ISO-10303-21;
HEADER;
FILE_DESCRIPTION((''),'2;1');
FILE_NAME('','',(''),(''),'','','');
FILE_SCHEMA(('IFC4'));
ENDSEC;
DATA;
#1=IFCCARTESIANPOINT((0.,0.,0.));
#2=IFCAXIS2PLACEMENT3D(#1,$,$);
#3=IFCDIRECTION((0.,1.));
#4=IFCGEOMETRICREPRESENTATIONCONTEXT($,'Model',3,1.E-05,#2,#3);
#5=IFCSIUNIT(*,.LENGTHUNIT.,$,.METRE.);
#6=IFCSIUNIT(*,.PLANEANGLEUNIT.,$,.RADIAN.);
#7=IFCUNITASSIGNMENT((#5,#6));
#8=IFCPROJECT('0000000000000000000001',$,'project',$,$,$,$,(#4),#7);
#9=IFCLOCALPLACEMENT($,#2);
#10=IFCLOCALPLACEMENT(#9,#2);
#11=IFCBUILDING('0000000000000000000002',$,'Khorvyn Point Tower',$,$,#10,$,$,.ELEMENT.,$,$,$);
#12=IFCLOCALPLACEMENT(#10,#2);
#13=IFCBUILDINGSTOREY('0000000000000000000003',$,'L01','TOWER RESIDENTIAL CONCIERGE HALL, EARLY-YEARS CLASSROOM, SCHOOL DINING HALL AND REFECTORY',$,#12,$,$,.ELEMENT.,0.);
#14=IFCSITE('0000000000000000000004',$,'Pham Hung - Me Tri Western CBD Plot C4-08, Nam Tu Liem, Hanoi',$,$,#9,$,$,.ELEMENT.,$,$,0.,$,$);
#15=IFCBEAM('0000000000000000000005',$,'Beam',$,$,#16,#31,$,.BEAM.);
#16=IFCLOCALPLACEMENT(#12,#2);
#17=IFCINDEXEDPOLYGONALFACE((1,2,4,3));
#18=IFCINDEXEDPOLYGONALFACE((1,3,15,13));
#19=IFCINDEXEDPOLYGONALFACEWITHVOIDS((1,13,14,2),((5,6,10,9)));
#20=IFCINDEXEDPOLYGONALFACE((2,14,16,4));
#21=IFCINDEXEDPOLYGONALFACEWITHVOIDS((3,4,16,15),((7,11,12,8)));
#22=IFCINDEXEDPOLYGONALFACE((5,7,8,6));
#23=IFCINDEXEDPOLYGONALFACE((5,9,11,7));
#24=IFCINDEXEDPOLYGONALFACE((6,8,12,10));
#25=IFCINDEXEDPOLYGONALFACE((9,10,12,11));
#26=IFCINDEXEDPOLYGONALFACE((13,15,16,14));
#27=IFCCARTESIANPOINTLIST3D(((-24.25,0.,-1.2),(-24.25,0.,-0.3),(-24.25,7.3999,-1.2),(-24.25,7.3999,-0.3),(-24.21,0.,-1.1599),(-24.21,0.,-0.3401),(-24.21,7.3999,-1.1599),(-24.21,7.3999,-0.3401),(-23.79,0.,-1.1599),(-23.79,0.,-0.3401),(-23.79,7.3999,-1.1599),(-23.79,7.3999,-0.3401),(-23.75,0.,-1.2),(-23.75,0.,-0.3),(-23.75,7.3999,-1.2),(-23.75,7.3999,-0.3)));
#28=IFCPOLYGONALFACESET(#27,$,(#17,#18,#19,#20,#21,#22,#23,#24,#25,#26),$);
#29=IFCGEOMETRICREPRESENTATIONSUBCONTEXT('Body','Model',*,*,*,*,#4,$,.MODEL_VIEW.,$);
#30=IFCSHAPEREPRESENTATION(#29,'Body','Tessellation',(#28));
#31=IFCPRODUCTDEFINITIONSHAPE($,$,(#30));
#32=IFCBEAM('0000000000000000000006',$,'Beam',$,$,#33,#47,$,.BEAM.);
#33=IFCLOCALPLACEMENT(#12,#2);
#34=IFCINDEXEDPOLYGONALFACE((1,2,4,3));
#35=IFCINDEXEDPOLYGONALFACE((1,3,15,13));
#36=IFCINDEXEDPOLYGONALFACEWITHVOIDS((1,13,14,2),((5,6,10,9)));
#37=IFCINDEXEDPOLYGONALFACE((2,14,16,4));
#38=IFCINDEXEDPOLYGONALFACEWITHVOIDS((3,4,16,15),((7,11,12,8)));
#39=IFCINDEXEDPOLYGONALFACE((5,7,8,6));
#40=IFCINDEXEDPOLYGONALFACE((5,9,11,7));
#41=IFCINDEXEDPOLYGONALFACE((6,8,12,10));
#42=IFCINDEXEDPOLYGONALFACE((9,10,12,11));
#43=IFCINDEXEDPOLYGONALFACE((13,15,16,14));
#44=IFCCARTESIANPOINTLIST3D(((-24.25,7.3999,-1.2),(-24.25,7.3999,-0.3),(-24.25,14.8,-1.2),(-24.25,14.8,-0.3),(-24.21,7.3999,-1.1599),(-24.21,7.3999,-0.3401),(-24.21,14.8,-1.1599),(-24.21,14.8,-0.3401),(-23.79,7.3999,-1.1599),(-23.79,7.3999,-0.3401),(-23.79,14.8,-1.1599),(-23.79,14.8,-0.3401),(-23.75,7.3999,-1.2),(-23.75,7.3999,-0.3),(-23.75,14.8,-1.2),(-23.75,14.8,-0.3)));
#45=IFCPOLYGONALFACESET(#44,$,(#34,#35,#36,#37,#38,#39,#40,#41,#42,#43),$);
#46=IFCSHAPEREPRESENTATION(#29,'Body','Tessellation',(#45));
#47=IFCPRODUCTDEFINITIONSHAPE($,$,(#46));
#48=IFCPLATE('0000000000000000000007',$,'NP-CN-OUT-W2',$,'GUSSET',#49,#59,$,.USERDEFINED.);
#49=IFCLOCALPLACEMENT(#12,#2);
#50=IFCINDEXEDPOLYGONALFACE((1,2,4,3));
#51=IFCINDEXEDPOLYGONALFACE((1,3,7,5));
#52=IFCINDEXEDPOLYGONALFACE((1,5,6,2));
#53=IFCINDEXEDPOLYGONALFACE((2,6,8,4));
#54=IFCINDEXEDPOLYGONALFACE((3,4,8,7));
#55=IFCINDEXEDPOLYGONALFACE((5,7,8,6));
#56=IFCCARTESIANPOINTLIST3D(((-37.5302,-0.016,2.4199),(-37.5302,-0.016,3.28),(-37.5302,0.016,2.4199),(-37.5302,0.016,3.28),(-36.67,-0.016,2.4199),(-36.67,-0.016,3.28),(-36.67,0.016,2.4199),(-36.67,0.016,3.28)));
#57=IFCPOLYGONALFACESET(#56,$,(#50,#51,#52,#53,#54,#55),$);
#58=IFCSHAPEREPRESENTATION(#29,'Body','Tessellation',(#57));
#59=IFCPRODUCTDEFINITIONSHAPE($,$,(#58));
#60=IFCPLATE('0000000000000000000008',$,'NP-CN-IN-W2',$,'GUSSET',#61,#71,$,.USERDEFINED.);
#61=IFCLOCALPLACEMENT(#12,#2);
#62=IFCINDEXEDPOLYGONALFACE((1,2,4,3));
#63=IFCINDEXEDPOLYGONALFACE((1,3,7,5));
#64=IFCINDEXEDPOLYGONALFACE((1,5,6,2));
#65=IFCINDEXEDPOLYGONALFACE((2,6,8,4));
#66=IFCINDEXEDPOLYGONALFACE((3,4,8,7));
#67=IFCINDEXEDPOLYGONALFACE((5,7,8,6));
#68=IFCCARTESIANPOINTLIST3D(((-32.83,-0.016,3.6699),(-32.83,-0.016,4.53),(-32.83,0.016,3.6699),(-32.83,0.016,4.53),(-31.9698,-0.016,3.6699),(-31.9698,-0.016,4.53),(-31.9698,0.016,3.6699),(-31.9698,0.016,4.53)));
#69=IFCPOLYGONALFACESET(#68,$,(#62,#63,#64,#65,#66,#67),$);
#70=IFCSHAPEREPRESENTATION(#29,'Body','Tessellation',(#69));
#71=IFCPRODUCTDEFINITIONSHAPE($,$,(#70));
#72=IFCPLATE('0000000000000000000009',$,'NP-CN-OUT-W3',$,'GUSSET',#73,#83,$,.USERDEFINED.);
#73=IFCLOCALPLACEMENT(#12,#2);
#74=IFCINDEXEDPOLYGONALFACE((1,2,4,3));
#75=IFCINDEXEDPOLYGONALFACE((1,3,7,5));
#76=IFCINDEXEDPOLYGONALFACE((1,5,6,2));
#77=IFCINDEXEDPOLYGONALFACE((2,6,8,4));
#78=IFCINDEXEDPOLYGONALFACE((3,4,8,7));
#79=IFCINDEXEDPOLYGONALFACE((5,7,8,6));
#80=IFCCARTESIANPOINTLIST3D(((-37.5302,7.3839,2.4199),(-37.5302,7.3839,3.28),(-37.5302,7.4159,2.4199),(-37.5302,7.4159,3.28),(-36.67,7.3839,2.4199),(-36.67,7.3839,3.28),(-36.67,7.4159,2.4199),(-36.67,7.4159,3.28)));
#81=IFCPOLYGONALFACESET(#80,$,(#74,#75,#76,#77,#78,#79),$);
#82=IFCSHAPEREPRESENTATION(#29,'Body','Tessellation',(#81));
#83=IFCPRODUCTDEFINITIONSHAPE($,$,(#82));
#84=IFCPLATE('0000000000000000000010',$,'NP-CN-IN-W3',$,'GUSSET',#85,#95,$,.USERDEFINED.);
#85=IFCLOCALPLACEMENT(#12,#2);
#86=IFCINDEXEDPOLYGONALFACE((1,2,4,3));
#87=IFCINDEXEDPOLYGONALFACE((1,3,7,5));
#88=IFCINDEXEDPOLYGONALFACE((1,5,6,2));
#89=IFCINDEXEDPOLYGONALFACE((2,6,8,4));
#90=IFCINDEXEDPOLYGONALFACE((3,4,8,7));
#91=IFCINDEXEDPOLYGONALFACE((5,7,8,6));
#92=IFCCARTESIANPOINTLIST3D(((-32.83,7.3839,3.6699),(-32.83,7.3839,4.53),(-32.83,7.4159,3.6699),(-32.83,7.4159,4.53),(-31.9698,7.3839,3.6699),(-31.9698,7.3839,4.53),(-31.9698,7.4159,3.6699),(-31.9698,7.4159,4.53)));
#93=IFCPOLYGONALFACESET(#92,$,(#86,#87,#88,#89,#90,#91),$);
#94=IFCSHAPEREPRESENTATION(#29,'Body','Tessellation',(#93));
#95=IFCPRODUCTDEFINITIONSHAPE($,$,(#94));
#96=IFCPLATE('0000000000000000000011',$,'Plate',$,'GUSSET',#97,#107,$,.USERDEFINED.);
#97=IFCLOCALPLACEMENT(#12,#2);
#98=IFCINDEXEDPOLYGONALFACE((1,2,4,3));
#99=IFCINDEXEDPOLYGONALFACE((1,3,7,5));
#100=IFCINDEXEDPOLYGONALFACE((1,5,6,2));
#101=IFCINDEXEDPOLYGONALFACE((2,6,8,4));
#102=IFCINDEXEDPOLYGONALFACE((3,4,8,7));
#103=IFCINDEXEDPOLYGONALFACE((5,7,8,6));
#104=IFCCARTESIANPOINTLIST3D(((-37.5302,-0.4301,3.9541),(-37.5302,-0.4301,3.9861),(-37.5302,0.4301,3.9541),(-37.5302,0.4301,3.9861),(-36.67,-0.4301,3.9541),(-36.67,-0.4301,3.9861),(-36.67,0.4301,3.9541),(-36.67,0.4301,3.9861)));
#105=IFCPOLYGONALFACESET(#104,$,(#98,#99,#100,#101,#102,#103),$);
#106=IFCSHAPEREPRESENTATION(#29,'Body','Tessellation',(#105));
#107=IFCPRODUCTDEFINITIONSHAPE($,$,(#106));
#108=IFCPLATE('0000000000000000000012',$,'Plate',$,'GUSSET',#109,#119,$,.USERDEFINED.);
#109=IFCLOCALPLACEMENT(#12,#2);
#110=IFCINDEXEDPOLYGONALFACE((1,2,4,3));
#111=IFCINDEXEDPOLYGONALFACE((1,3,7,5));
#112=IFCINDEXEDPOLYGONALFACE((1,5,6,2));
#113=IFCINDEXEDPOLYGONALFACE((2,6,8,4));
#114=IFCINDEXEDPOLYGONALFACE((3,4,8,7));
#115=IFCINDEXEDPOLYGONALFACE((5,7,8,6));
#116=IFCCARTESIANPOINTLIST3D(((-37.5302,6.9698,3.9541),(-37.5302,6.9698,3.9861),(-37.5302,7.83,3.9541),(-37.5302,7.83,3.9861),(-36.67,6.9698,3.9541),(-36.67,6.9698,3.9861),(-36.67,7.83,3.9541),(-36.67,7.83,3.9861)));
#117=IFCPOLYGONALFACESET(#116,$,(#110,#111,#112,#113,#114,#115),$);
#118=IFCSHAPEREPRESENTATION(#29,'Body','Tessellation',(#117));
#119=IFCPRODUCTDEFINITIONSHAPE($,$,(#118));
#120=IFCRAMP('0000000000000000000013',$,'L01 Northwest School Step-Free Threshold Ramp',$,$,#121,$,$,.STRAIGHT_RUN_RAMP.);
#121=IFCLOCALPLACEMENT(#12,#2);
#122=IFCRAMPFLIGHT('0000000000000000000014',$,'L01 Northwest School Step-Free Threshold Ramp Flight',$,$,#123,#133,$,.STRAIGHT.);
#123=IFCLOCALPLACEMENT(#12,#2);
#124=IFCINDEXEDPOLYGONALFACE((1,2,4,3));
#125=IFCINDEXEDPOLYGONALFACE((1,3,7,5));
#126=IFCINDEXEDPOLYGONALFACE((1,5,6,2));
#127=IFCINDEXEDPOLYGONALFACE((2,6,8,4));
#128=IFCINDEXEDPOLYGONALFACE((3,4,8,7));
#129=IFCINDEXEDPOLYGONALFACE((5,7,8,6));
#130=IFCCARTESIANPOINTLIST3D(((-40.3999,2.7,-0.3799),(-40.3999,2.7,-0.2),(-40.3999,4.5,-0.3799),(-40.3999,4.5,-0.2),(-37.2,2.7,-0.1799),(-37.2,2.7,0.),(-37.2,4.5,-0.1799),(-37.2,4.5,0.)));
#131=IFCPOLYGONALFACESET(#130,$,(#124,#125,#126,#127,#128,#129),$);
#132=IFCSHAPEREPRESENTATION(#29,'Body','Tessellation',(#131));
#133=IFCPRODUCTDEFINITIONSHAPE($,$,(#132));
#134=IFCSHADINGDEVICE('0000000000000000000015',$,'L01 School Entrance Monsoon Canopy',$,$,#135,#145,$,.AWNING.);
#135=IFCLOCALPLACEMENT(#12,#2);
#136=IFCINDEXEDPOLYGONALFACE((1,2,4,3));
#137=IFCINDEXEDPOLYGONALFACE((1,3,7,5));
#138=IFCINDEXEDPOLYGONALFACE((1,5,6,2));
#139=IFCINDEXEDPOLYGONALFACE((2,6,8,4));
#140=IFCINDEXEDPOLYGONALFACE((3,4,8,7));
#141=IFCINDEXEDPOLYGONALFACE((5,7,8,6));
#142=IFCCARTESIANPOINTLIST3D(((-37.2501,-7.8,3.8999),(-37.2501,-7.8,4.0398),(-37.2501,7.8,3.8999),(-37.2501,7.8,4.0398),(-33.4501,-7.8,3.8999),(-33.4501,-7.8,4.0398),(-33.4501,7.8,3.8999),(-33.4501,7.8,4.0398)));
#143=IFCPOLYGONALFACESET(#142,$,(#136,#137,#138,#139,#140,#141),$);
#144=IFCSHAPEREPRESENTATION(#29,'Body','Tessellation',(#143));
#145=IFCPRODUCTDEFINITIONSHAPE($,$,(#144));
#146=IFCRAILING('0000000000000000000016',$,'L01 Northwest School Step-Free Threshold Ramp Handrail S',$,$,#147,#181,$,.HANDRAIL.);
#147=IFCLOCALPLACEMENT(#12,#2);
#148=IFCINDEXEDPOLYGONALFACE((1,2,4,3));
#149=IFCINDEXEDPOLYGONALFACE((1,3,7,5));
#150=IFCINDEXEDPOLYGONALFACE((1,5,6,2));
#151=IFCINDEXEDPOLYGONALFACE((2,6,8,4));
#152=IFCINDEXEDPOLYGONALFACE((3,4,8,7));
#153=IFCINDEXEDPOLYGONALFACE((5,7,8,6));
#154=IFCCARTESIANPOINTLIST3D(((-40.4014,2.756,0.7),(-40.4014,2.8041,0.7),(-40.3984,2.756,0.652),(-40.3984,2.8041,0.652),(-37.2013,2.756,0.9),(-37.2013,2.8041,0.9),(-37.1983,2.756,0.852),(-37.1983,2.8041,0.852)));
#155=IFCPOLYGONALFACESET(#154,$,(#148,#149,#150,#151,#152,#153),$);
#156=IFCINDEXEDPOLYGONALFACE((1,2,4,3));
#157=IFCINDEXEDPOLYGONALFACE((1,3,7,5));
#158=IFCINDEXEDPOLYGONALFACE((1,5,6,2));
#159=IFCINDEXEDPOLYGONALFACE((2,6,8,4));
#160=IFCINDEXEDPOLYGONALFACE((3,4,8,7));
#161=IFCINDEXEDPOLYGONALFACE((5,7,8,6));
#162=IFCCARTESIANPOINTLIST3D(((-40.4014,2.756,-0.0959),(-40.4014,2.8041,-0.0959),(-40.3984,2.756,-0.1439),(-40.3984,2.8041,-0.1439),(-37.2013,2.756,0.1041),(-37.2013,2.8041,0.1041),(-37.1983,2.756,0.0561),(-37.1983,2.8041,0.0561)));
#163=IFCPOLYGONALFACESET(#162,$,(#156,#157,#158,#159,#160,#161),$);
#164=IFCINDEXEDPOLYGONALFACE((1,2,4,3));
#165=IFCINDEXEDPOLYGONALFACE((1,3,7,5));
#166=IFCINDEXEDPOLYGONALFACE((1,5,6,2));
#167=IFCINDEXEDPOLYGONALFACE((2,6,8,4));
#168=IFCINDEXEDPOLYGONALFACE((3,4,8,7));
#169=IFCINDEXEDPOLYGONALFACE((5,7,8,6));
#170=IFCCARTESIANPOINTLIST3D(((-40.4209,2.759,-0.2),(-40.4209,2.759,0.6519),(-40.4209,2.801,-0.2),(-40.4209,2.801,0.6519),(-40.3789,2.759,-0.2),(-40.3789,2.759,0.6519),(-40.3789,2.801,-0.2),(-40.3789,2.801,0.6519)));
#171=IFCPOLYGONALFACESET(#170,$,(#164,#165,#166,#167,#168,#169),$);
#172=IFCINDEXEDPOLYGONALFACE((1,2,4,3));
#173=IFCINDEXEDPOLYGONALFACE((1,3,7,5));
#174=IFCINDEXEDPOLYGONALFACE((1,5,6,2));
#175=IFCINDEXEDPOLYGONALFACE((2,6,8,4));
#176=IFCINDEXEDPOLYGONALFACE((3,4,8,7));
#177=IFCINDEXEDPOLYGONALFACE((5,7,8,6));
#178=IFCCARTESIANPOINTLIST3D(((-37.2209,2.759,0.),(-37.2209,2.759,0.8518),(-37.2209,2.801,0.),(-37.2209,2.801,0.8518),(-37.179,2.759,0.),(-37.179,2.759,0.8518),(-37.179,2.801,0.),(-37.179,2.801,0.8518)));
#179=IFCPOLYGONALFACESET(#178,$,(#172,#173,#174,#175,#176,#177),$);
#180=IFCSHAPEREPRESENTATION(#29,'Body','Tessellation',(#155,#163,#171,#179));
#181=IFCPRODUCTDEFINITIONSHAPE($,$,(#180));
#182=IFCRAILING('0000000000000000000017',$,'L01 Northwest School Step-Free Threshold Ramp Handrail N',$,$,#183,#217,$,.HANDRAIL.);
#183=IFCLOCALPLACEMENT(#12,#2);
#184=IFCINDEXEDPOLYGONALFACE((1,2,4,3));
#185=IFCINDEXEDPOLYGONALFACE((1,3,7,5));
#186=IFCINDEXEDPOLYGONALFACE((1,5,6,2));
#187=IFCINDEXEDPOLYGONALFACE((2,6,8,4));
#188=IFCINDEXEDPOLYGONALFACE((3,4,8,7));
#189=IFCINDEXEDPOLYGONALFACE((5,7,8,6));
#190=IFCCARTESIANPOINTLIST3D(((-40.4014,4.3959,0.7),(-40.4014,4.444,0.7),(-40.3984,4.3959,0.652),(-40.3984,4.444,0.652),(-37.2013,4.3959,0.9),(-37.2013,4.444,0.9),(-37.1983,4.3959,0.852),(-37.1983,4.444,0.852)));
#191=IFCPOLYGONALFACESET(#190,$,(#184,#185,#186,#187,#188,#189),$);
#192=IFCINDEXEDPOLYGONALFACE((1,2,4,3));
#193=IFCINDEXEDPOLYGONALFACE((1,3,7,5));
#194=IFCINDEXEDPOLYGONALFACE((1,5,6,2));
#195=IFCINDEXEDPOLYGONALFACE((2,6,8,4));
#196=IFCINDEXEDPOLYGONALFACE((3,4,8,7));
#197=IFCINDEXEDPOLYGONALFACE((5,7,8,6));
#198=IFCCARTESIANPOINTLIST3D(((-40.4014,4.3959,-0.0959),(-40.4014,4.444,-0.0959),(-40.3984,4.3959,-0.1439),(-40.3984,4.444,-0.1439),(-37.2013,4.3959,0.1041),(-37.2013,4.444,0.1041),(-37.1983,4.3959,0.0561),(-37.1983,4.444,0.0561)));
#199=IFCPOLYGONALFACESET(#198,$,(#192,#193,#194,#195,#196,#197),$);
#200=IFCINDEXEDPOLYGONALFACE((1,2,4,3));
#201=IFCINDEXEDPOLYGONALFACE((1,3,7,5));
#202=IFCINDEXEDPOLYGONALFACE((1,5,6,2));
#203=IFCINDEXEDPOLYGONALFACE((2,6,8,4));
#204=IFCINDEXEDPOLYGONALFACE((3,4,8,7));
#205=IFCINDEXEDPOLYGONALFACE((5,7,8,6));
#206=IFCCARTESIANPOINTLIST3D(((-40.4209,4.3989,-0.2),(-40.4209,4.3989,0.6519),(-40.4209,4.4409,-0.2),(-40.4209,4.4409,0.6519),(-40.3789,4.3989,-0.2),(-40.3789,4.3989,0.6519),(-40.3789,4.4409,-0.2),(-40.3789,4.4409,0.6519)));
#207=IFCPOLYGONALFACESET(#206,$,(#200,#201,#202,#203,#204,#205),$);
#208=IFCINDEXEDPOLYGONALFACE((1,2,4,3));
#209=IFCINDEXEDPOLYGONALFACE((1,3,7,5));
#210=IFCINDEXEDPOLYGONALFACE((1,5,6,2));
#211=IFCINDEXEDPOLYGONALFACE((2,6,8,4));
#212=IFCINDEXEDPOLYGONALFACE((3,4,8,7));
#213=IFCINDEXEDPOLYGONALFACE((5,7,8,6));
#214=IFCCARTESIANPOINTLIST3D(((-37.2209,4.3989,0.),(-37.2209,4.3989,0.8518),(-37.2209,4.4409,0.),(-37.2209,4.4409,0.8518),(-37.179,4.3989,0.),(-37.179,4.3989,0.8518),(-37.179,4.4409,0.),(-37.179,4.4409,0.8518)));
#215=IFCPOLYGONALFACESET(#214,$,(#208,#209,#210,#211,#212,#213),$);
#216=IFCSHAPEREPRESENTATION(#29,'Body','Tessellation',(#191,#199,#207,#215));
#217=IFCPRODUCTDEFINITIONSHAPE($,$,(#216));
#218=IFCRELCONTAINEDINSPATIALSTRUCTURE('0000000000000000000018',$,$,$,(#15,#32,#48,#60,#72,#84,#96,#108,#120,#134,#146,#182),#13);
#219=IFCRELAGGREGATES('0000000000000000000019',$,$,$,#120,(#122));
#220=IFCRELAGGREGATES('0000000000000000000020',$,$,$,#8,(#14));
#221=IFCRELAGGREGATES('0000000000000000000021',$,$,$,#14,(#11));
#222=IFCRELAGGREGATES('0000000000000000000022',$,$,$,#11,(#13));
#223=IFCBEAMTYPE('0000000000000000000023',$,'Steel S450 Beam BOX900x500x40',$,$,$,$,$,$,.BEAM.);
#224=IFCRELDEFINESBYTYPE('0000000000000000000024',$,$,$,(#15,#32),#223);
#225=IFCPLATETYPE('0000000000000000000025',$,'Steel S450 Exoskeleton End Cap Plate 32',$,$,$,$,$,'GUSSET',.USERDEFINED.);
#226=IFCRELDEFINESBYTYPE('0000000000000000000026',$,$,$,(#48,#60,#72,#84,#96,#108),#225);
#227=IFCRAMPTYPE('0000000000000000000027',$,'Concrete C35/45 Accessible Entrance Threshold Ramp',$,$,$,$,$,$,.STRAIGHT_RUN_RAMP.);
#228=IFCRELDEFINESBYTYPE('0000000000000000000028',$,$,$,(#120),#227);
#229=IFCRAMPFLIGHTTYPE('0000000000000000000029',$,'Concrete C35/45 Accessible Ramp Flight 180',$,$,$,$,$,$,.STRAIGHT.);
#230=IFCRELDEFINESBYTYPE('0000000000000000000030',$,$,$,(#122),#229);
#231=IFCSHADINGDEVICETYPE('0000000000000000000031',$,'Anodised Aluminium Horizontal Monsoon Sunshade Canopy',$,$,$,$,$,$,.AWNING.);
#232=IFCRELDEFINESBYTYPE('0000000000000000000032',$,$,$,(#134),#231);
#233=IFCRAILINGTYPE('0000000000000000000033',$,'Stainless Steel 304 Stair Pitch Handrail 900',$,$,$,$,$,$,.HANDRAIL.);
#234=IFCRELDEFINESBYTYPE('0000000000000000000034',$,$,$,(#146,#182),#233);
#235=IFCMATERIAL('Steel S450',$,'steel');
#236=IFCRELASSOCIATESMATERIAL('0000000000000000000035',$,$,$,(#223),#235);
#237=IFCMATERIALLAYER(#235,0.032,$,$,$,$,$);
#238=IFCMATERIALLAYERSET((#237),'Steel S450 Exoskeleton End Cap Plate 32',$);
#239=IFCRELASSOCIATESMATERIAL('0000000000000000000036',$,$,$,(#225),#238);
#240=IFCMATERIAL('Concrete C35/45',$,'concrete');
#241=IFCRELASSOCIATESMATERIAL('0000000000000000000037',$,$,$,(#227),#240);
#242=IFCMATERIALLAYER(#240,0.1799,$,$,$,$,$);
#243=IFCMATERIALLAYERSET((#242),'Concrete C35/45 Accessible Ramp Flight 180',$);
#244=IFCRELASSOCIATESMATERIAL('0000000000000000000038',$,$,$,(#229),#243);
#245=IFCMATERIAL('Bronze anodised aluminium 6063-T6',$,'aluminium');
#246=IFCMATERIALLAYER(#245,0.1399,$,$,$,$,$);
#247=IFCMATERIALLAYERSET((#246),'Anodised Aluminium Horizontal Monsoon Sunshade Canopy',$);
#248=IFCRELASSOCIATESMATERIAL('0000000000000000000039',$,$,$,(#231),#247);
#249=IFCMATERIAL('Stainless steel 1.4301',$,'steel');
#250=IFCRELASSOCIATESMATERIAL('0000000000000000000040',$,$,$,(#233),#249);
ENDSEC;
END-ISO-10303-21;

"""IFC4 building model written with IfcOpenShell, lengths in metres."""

from ifc_helpers import new_model, si_unit, direction, frame, origin, origin_2d, place, context, subcontext, project, spatial, polyline, rectangle, hollow_rectangle, outline, extrude, material, layer, layer_set, material_profile, profile_set, type_object, element, aggregate, save


model = new_model("IFC4")

# Units and contexts
model_context = context("Model", 3, precision=1e-05, world=origin(), true_north=direction((0.0, 1.0)))
body_context = subcontext(model_context, "Body", "Model", "MODEL_VIEW")
ifc_project = project(units=[si_unit("LENGTHUNIT", "METRE"), si_unit("PLANEANGLEUNIT", "RADIAN")], contexts=[model_context])

# Site, building, storey
site_placement = place(None, origin())
site = spatial("IfcSite", under=ifc_project, at=site_placement, Name="Pham Hung - Me Tri Western CBD Plot C4-08, Nam Tu Liem, Hanoi", CompositionType="ELEMENT", RefElevation=0.0)
building_placement = place(site_placement, origin())
building = spatial("IfcBuilding", under=site, at=building_placement, Name="Khorvyn Point Tower", CompositionType="ELEMENT")
storey_placement = place(building_placement, origin())
storey = spatial("IfcBuildingStorey", under=building, at=storey_placement, Name="L01", Description="TOWER RESIDENTIAL CONCIERGE HALL, EARLY-YEARS CLASSROOM, SCHOOL DINING HALL AND REFECTORY", CompositionType="ELEMENT", Elevation=0.0)

# Shared definitions
ifc_material_1 = material(Name="Concrete C35/45", Category="concrete")

# Beams
ifc_material_2 = material(Name="Steel S450", Category="steel")
ifc_material_profile_1 = material_profile(ifc_material_2, hollow_rectangle(XDim=0.5, YDim=0.8999, WallThickness=0.04, at=origin_2d()))
ifc_profile_set_1 = profile_set([ifc_material_profile_1], Name="Steel S450 BOX900x500x40")
beam_type_1 = type_object("IfcBeamType", Name="Steel S450 Beam BOX900x500x40", PredefinedType="BEAM", material=ifc_profile_set_1)
beam_1_placement = place(storey_placement, frame((-24.0, 0.0, -0.75), z_axis=(0.0, 1.0, 0.0), x_axis=(-1.0, 0.0, 0.0)))
element("IfcBeam", 1, at=beam_1_placement, inside=storey, type_object=beam_type_1, Name="Beam", PredefinedType="BEAM", context=body_context, shape_type="SweptSolid", body=[
    extrude(hollow_rectangle(XDim=0.5, YDim=0.8999, WallThickness=0.04, at=origin_2d()), origin(), (0.0, 0.0, 1.0), 7.3999),
])
beam_2_placement = place(storey_placement, frame((-24.0, 7.3999, -0.75), z_axis=(0.0, 1.0, 0.0), x_axis=(-1.0, 0.0, 0.0)))
element("IfcBeam", 2, at=beam_2_placement, inside=storey, type_object=beam_type_1, Name="Beam", PredefinedType="BEAM", context=body_context, shape_type="SweptSolid", body=[
    extrude(hollow_rectangle(XDim=0.5, YDim=0.8999, WallThickness=0.04, at=origin_2d()), origin(), (0.0, 0.0, 1.0), 7.4001),
])

# Plates
ifc_layer_1 = layer(ifc_material_2, 0.032)
ifc_layer_set_1 = layer_set([ifc_layer_1], Name="Steel S450 Exoskeleton End Cap Plate 32")
plate_type = type_object("IfcPlateType", Name="Steel S450 Exoskeleton End Cap Plate 32", ElementType="GUSSET", PredefinedType="USERDEFINED", material=ifc_layer_set_1)
for number, where, z_axis, x_axis, name in (
    (3, (-37.1001, 0.0, 2.4199), (0.0, 0.0, 1.0), (1.0, 0.0, 0.0), "NP-CN-OUT-W2"),
    (4, (-32.3999, 0.0, 3.6699), (0.0, 0.0, 1.0), (1.0, 0.0, 0.0), "NP-CN-IN-W2"),
    (5, (-37.1001, 7.3999, 2.4199), (0.0, 0.0, 1.0), (1.0, 0.0, 0.0), "NP-CN-OUT-W3"),
    (6, (-32.3999, 7.3999, 3.6699), (0.0, 0.0, 1.0), (1.0, 0.0, 0.0), "NP-CN-IN-W3"),
):
    element("IfcPlate", number, at=place(storey_placement, frame(where, z_axis=z_axis, x_axis=x_axis)), inside=storey, type_object=plate_type, Name=name, ObjectType="GUSSET", PredefinedType="USERDEFINED", context=body_context, shape_type="SweptSolid", body=[
        extrude(rectangle(XDim=0.8601, YDim=0.032, at=origin_2d()), origin(), (0.0, 0.0, 1.0), 0.8601),
    ])
for number, where, z_axis, x_axis, name in (
    (7, (-37.1001, 0.0, 3.9541), (0.0, 0.0, 1.0), (1.0, 0.0, 0.0), "Plate"),
    (8, (-37.1001, 7.3999, 3.9541), (0.0, 0.0, 1.0), (1.0, 0.0, 0.0), "Plate"),
):
    element("IfcPlate", number, at=place(storey_placement, frame(where, z_axis=z_axis, x_axis=x_axis)), inside=storey, type_object=plate_type, Name=name, ObjectType="GUSSET", PredefinedType="USERDEFINED", context=body_context, shape_type="SweptSolid", body=[
        extrude(rectangle(XDim=0.8601, YDim=0.8601, at=origin_2d()), origin(), (0.0, 0.0, 1.0), 0.032),
    ])

# Ramp, ramp flight
ramp_type = type_object("IfcRampType", Name="Concrete C35/45 Accessible Entrance Threshold Ramp", PredefinedType="STRAIGHT_RUN_RAMP", material=ifc_material_1)
ramp_placement = place(storey_placement, origin())
ramp = element("IfcRamp", 9, at=ramp_placement, inside=storey, type_object=ramp_type, Name="L01 Northwest School Step-Free Threshold Ramp", PredefinedType="STRAIGHT_RUN_RAMP")
ifc_layer_2 = layer(ifc_material_1, 0.1799)
ifc_layer_set_2 = layer_set([ifc_layer_2], Name="Concrete C35/45 Accessible Ramp Flight 180")
ramp_flight_type = type_object("IfcRampFlightType", Name="Concrete C35/45 Accessible Ramp Flight 180", PredefinedType="STRAIGHT", material=ifc_layer_set_2)
ramp_flight_placement = place(storey_placement, frame((-40.3999, 3.6001, -0.2), z_axis=(0.0, 0.0, 1.0), x_axis=(1.0, 0.0, 0.0)))
ramp_flight = element("IfcRampFlight", 10, at=ramp_flight_placement, type_object=ramp_flight_type, Name="L01 Northwest School Step-Free Threshold Ramp Flight", PredefinedType="STRAIGHT", context=body_context, shape_type="SweptSolid", body=[
    extrude(outline(polyline([(0.0, 0.0), (0.0, -0.1799), (3.2, 0.02), (3.2, 0.2), (0.0, 0.0)])), frame((0.0, 0.8999, 0.0), z_axis=(0.0, -1.0, 0.0), x_axis=(1.0, 0.0, 0.0)), (0.0, 0.0, 1.0), 1.8),
])
aggregate(ramp, [ramp_flight])

# Shading device
ifc_material_3 = material(Name="Bronze anodised aluminium 6063-T6", Category="aluminium")
ifc_layer_3 = layer(ifc_material_3, 0.1399)
ifc_layer_set_3 = layer_set([ifc_layer_3], Name="Anodised Aluminium Horizontal Monsoon Sunshade Canopy")
shading_device_type = type_object("IfcShadingDeviceType", Name="Anodised Aluminium Horizontal Monsoon Sunshade Canopy", PredefinedType="AWNING", material=ifc_layer_set_3)
shading_device_placement = place(storey_placement, frame((-35.3501, 0.0, 3.8999), z_axis=(0.0, 0.0, 1.0), x_axis=(1.0, 0.0, 0.0)))
element("IfcShadingDevice", 11, at=shading_device_placement, inside=storey, type_object=shading_device_type, Name="L01 School Entrance Monsoon Canopy", PredefinedType="AWNING", context=body_context, shape_type="SweptSolid", body=[
    extrude(rectangle(XDim=3.8, YDim=15.6001, at=origin_2d()), origin(), (0.0, 0.0, 1.0), 0.1399),
])

# Railings
ifc_material_4 = material(Name="Stainless steel 1.4301", Category="steel")
railing_type = type_object("IfcRailingType", Name="Stainless Steel 304 Stair Pitch Handrail 900", PredefinedType="HANDRAIL", material=ifc_material_4)
for number, where, name in (
    (12, (-40.3999, 2.78, -0.2), "L01 Northwest School Step-Free Threshold Ramp Handrail S"),
    (13, (-40.3999, 4.4199, -0.2), "L01 Northwest School Step-Free Threshold Ramp Handrail N"),
):
    element("IfcRailing", number, at=place(storey_placement, frame(where)), inside=storey, type_object=railing_type, Name=name, PredefinedType="HANDRAIL", context=body_context, shape_type="SweptSolid", body=[
        extrude(rectangle(XDim=0.0481, YDim=0.0481, at=origin_2d()), frame((0.0, 0.0, 0.876), z_axis=(0.998053, 0.0, 0.062364), x_axis=(0.0, 1.0, 0.0)), (0.0, 0.0, 1.0), 3.2063),
        extrude(rectangle(XDim=0.0481, YDim=0.0481, at=origin_2d()), frame((0.0, 0.0, 0.0801), z_axis=(0.998053, 0.0, 0.062364), x_axis=(0.0, 1.0, 0.0)), (0.0, 0.0, 1.0), 3.2063),
        extrude(rectangle(XDim=0.042, YDim=0.042, at=origin_2d()), origin(), (0.0, 0.0, 1.0), 0.8518),
        extrude(rectangle(XDim=0.042, YDim=0.042, at=origin_2d()), frame((3.2, 0.0, 0.2)), (0.0, 0.0, 1.0), 0.8518),
    ])

save(model, "model.ifc")
